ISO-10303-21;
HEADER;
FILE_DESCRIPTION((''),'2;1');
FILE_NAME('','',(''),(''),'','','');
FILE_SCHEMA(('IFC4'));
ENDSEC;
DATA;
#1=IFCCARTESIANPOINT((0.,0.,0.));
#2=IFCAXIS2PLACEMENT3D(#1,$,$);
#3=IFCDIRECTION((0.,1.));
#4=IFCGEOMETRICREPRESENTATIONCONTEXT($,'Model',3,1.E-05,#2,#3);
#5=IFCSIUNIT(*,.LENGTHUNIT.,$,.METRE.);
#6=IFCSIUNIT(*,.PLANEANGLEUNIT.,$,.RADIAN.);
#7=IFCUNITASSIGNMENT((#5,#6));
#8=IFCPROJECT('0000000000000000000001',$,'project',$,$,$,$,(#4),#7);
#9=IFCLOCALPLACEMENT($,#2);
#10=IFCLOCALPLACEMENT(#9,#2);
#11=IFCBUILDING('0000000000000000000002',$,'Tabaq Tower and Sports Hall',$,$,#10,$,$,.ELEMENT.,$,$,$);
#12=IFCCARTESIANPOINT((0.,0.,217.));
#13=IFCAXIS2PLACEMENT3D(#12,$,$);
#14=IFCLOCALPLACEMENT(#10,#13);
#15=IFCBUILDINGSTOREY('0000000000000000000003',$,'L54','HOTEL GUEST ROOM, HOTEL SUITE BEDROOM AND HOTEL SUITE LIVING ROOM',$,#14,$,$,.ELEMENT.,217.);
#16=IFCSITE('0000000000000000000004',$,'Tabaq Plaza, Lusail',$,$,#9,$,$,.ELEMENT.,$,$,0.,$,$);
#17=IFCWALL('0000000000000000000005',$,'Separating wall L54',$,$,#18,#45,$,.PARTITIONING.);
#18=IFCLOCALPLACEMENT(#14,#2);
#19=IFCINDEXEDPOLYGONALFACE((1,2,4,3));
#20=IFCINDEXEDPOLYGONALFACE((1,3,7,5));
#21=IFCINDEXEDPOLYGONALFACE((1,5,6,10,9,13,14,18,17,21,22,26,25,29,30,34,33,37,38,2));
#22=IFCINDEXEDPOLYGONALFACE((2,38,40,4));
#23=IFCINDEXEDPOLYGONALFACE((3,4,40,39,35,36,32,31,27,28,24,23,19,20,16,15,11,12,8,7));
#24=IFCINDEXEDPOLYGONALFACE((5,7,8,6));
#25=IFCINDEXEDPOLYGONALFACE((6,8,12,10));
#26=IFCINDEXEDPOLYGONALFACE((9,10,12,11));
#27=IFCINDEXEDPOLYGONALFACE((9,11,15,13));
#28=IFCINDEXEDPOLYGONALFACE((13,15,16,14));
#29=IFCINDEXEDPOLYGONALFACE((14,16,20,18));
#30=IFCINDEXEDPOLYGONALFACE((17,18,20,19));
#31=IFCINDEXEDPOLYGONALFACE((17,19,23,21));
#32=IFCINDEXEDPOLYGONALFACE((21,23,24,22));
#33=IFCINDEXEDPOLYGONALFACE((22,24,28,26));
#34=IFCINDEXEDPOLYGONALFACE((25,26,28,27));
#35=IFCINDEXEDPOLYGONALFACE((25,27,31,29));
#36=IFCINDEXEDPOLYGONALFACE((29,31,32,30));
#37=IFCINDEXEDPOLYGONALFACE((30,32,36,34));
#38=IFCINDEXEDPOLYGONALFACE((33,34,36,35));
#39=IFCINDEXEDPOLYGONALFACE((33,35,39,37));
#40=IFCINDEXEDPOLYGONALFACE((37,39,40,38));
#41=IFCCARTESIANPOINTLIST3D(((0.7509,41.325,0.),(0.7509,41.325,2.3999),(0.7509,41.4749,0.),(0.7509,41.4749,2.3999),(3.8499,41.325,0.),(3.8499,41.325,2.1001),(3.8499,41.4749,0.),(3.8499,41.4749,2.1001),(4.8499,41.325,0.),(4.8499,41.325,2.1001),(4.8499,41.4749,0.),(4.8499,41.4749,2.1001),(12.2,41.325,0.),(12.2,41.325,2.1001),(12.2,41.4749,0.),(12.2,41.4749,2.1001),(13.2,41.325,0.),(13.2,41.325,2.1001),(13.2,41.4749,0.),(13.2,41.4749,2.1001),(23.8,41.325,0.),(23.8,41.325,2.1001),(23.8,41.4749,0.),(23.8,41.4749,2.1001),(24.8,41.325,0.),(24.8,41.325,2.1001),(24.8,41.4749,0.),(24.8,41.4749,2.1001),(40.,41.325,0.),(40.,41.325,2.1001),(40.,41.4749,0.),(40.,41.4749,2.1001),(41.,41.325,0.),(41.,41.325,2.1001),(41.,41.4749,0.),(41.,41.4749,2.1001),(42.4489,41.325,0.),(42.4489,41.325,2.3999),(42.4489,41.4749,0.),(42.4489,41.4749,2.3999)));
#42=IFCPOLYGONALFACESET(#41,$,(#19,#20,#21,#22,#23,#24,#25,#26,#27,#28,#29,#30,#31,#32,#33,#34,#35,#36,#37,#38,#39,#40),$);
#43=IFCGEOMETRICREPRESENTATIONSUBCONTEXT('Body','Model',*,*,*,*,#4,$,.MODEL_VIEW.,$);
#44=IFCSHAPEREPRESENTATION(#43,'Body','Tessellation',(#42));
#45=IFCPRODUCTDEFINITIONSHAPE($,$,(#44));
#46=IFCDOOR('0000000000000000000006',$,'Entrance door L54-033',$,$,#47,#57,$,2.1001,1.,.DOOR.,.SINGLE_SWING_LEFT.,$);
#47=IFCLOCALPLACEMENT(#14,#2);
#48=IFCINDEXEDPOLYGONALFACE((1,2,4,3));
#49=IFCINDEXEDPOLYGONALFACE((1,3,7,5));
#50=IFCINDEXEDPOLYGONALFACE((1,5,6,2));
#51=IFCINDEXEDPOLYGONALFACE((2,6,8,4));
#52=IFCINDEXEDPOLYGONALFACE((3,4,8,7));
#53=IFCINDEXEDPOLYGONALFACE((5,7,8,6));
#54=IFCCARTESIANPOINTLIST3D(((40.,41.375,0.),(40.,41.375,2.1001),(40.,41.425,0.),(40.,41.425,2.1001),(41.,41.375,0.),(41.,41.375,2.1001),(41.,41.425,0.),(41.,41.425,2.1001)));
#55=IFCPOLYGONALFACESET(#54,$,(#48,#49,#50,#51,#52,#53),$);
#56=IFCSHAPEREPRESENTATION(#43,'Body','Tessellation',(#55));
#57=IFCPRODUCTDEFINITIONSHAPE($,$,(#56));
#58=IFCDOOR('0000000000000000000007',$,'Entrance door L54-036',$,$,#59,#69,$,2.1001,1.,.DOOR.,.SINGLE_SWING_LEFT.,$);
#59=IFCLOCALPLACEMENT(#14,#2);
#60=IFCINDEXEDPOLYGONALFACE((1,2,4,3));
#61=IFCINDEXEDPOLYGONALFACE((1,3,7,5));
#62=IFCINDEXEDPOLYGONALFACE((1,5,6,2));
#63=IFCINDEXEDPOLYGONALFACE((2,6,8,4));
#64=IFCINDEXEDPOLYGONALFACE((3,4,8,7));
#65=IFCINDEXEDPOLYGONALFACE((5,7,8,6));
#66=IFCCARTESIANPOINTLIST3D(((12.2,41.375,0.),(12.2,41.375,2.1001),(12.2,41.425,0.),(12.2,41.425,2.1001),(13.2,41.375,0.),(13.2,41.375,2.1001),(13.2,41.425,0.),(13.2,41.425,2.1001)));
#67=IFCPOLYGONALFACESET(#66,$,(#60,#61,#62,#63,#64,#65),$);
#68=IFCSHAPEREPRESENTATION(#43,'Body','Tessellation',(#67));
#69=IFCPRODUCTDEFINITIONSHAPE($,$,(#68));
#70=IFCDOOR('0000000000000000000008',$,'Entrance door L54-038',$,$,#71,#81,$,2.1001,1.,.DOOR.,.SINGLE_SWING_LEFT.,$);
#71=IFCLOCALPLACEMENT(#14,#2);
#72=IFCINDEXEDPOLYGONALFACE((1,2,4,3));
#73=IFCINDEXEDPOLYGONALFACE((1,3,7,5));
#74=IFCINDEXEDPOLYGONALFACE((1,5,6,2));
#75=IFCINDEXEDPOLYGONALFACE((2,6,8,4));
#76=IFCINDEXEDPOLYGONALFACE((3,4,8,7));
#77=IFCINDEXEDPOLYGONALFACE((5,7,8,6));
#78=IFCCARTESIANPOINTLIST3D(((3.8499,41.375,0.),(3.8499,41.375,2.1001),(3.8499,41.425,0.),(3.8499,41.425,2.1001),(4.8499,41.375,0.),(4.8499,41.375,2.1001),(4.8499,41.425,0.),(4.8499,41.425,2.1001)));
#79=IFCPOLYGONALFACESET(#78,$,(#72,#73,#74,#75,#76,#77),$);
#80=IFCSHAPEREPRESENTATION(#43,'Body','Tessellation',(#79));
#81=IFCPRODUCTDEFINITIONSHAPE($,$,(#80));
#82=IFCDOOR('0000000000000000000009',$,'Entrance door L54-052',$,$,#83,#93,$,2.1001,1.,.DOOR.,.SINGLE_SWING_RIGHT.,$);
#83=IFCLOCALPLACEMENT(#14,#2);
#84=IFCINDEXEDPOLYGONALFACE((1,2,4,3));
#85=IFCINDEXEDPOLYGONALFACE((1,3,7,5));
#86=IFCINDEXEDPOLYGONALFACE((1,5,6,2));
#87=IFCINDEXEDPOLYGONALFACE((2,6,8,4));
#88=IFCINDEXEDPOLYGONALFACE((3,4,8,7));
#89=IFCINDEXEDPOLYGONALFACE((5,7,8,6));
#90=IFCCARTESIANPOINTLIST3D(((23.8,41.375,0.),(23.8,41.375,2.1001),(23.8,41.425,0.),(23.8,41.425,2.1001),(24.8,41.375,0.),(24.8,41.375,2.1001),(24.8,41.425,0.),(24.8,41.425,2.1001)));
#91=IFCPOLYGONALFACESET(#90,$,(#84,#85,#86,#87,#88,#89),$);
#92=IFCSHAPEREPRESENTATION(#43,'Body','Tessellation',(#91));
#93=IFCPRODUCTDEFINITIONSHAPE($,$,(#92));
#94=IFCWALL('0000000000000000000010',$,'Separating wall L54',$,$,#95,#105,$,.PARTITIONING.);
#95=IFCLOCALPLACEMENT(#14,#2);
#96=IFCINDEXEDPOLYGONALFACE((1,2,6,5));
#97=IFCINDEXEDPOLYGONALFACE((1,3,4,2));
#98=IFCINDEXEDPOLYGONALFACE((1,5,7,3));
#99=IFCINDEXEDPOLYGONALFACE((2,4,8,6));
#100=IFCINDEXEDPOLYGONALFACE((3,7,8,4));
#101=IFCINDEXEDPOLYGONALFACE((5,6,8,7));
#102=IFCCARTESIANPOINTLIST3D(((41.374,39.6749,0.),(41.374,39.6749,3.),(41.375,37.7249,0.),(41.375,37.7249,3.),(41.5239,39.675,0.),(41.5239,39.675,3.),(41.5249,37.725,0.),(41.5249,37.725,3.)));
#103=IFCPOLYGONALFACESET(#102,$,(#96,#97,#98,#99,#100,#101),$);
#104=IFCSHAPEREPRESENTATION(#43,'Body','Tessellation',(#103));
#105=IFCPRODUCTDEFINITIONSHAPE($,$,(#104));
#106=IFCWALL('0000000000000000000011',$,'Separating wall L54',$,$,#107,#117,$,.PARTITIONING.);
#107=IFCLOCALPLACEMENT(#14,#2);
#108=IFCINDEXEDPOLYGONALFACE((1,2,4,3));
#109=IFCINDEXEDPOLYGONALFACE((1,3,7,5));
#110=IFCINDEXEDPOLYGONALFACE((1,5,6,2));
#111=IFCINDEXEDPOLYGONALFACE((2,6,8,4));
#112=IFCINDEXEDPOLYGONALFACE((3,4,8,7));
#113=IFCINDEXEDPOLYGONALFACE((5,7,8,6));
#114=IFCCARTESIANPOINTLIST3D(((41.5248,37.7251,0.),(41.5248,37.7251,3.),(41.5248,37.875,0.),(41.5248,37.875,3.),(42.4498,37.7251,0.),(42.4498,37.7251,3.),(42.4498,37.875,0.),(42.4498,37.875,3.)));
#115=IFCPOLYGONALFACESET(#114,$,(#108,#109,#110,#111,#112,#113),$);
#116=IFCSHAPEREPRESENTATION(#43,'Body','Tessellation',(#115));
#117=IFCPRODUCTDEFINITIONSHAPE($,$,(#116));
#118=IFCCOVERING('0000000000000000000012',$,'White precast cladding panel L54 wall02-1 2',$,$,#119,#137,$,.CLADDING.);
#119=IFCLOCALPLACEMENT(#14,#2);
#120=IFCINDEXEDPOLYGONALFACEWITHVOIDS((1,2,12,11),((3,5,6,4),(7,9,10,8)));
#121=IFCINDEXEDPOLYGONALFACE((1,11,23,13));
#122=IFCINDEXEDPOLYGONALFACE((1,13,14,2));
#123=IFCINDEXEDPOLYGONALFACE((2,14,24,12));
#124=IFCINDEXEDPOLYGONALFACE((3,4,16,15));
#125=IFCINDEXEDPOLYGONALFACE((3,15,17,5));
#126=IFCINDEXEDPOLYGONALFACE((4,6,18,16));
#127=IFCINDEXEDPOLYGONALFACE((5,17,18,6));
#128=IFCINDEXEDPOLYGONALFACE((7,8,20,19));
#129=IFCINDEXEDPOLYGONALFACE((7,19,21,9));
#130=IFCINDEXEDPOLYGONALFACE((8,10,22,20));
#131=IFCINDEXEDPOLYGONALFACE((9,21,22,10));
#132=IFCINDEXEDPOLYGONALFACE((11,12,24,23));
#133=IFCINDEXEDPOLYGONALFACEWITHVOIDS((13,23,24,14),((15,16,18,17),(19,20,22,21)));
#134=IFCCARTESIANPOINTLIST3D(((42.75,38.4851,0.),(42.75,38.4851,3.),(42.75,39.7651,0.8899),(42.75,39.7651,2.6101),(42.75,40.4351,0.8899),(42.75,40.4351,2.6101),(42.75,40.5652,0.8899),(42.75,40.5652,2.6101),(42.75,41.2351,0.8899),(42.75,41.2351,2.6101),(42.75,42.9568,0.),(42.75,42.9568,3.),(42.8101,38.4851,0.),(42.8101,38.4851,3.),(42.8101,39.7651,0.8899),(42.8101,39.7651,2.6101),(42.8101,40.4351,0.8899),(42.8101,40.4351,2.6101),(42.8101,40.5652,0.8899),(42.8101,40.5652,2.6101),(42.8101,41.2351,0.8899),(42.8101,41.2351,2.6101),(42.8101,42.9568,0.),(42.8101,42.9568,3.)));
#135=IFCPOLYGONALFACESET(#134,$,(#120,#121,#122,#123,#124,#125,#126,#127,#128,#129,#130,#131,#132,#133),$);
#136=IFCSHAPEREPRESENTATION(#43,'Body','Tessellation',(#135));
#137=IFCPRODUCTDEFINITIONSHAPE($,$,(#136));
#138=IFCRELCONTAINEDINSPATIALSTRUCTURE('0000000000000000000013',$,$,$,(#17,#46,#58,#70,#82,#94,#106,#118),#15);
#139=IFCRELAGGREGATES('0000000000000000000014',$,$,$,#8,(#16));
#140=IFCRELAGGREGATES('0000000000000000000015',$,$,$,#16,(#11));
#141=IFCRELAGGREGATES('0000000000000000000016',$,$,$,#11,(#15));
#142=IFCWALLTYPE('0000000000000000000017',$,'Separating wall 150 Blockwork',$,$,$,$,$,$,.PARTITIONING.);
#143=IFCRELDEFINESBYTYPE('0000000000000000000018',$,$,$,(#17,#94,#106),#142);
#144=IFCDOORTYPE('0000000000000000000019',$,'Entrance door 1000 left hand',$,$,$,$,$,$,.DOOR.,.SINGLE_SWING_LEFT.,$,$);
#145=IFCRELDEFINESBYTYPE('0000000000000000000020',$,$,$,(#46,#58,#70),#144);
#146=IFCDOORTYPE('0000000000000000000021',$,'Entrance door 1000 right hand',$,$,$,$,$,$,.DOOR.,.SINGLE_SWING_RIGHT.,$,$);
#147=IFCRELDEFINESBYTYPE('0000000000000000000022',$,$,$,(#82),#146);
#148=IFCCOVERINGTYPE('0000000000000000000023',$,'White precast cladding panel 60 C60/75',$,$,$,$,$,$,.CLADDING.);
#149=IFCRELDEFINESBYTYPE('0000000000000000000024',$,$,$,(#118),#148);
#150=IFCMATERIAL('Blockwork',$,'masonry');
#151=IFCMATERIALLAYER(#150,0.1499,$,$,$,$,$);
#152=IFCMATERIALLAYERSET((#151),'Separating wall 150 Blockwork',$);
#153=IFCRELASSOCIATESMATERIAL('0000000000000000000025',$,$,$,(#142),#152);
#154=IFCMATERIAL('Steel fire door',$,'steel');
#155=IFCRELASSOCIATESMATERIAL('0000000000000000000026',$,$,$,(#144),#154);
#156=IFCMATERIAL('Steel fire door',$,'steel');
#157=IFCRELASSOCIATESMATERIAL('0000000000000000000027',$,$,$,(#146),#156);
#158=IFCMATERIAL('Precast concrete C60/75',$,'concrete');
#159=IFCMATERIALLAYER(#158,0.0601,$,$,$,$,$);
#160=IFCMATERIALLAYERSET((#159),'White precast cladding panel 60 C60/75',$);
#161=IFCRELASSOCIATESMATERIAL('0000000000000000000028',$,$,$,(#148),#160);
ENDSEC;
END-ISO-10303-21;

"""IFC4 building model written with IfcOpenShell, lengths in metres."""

from ifc_helpers import new_model, si_unit, direction, frame, frame_2d, origin, place, context, subcontext, project, spatial, polyline, rectangle, outline, extrude, material, layer, layer_set, type_object, element, fill, save


model = new_model("IFC4")

# Units and contexts
model_context = context("Model", 3, precision=1e-05, world=origin(), true_north=direction((0.0, 1.0)))
body_context = subcontext(model_context, "Body", "Model", "MODEL_VIEW")
ifc_project = project(units=[si_unit("LENGTHUNIT", "METRE"), si_unit("PLANEANGLEUNIT", "RADIAN")], contexts=[model_context])

# Site, building, storey
site_placement = place(None, origin())
site = spatial("IfcSite", under=ifc_project, at=site_placement, Name="Tabaq Plaza, Lusail", CompositionType="ELEMENT", RefElevation=0.0)
building_placement = place(site_placement, origin())
building = spatial("IfcBuilding", under=site, at=building_placement, Name="Tabaq Tower and Sports Hall", CompositionType="ELEMENT")
storey_placement = place(building_placement, frame((0.0, 0.0, 217.0)))
storey = spatial("IfcBuildingStorey", under=building, at=storey_placement, Name="L54", Description="HOTEL GUEST ROOM, HOTEL SUITE BEDROOM AND HOTEL SUITE LIVING ROOM", CompositionType="ELEMENT", Elevation=217.0)

# Shared definitions
ifc_material_1 = material(Name="Blockwork", Category="masonry")
ifc_layer_1 = layer(ifc_material_1, 0.1499)
ifc_layer_set_1 = layer_set([ifc_layer_1], Name="Separating wall 150 Blockwork")
wall_type_1 = type_object("IfcWallType", Name="Separating wall 150 Blockwork", PredefinedType="PARTITIONING", material=ifc_layer_set_1)

# Wall, openings, doors
wall_1_placement = place(storey_placement, frame((42.449, 41.3999, 0.0), z_axis=(0.0, 0.0, 1.0), x_axis=(-1.0, 0.0, 0.0)))
wall_1 = element("IfcWall", 1, at=wall_1_placement, inside=storey, type_object=wall_type_1, Name="Separating wall L54", PredefinedType="PARTITIONING", context=body_context, shape_type="SweptSolid", body=[
    extrude(rectangle(XDim=41.698, YDim=0.1499, at=frame_2d((20.8491, 0.0))), origin(), (0.0, 0.0, 1.0), 2.3999),
])
opening_1_placement = place(wall_1_placement, frame((1.449, 0.0, 0.0)))
opening_1 = element("IfcOpeningElement", 2, at=opening_1_placement, cuts=wall_1, PredefinedType="OPENING", context=body_context, shape_type="SweptSolid", body=[
    extrude(rectangle(XDim=1.0, YDim=2.1001, at=frame_2d((0.5, 1.05))), frame((0.0, 0.075, 0.0), z_axis=(0.0, -1.0, 0.0), x_axis=(1.0, 0.0, 0.0)), (0.0, 0.0, 1.0), 0.1499),
])
opening_2_placement = place(wall_1_placement, frame((29.249, 0.0, 0.0)))
opening_2 = element("IfcOpeningElement", 3, at=opening_2_placement, cuts=wall_1, PredefinedType="OPENING", context=body_context, shape_type="SweptSolid", body=[
    extrude(rectangle(XDim=1.0, YDim=2.1001, at=frame_2d((0.5, 1.05))), frame((0.0, 0.075, 0.0), z_axis=(0.0, -1.0, 0.0), x_axis=(1.0, 0.0, 0.0)), (0.0, 0.0, 1.0), 0.1499),
])
opening_3_placement = place(wall_1_placement, frame((37.5991, 0.0, 0.0)))
opening_3 = element("IfcOpeningElement", 4, at=opening_3_placement, cuts=wall_1, PredefinedType="OPENING", context=body_context, shape_type="SweptSolid", body=[
    extrude(rectangle(XDim=1.0, YDim=2.1001, at=frame_2d((0.5, 1.05))), frame((0.0, 0.075, 0.0), z_axis=(0.0, -1.0, 0.0), x_axis=(1.0, 0.0, 0.0)), (0.0, 0.0, 1.0), 0.1499),
])
opening_4_placement = place(wall_1_placement, frame((17.6489, 0.0, 0.0)))
opening_4 = element("IfcOpeningElement", 5, at=opening_4_placement, cuts=wall_1, PredefinedType="OPENING", context=body_context, shape_type="SweptSolid", body=[
    extrude(rectangle(XDim=1.0, YDim=2.1001, at=frame_2d((0.5, 1.05))), frame((0.0, 0.075, 0.0), z_axis=(0.0, -1.0, 0.0), x_axis=(1.0, 0.0, 0.0)), (0.0, 0.0, 1.0), 0.1499),
])
ifc_material_2 = material(Name="Steel fire door", Category="steel")
door_type_1 = type_object("IfcDoorType", Name="Entrance door 1000 left hand", OperationType="SINGLE_SWING_LEFT", PredefinedType="DOOR", material=ifc_material_2)
door_1_placement = place(opening_1_placement, origin())
door_1 = element("IfcDoor", 6, at=door_1_placement, inside=storey, type_object=door_type_1, Name="Entrance door L54-033", OperationType="SINGLE_SWING_LEFT", OverallHeight=2.1001, OverallWidth=1.0, PredefinedType="DOOR", context=body_context, shape_type="SweptSolid", body=[
    extrude(rectangle(XDim=1.0, YDim=2.1001, at=frame_2d((0.5, 1.05))), frame((0.0, 0.0249, 0.0), z_axis=(0.0, -1.0, 0.0), x_axis=(1.0, 0.0, 0.0)), (0.0, 0.0, 1.0), 0.05),
])
fill(opening_1, door_1)
door_2_placement = place(opening_2_placement, origin())
door_2 = element("IfcDoor", 7, at=door_2_placement, inside=storey, type_object=door_type_1, Name="Entrance door L54-036", OperationType="SINGLE_SWING_LEFT", OverallHeight=2.1001, OverallWidth=1.0, PredefinedType="DOOR", context=body_context, shape_type="SweptSolid", body=[
    extrude(rectangle(XDim=1.0, YDim=2.1001, at=frame_2d((0.5, 1.05))), frame((0.0, 0.0249, 0.0), z_axis=(0.0, -1.0, 0.0), x_axis=(1.0, 0.0, 0.0)), (0.0, 0.0, 1.0), 0.05),
])
fill(opening_2, door_2)
door_3_placement = place(opening_3_placement, origin())
door_3 = element("IfcDoor", 8, at=door_3_placement, inside=storey, type_object=door_type_1, Name="Entrance door L54-038", OperationType="SINGLE_SWING_LEFT", OverallHeight=2.1001, OverallWidth=1.0, PredefinedType="DOOR", context=body_context, shape_type="SweptSolid", body=[
    extrude(rectangle(XDim=1.0, YDim=2.1001, at=frame_2d((0.5, 1.05))), frame((0.0, 0.0249, 0.0), z_axis=(0.0, -1.0, 0.0), x_axis=(1.0, 0.0, 0.0)), (0.0, 0.0, 1.0), 0.05),
])
fill(opening_3, door_3)
ifc_material_3 = material(Name="Steel fire door", Category="steel")
door_type_2 = type_object("IfcDoorType", Name="Entrance door 1000 right hand", OperationType="SINGLE_SWING_RIGHT", PredefinedType="DOOR", material=ifc_material_3)
door_4_placement = place(opening_4_placement, origin())
door_4 = element("IfcDoor", 9, at=door_4_placement, inside=storey, type_object=door_type_2, Name="Entrance door L54-052", OperationType="SINGLE_SWING_RIGHT", OverallHeight=2.1001, OverallWidth=1.0, PredefinedType="DOOR", context=body_context, shape_type="SweptSolid", body=[
    extrude(rectangle(XDim=1.0, YDim=2.1001, at=frame_2d((0.5, 1.05))), frame((0.0, 0.0249, 0.0), z_axis=(0.0, -1.0, 0.0), x_axis=(1.0, 0.0, 0.0)), (0.0, 0.0, 1.0), 0.05),
])
fill(opening_4, door_4)

# Walls
wall_2_placement = place(storey_placement, frame((41.449, 39.675, 0.0), z_axis=(0.0, 0.0, 1.0), x_axis=(0.000501, -1.0, 0.0)))
element("IfcWall", 10, at=wall_2_placement, inside=storey, type_object=wall_type_1, Name="Separating wall L54", PredefinedType="PARTITIONING", context=body_context, shape_type="SweptSolid", body=[
    extrude(rectangle(XDim=1.95, YDim=0.1499, at=frame_2d((0.9751, 0.0))), origin(), (0.0, 0.0, 1.0), 3.0),
])
wall_3_placement = place(storey_placement, frame((41.5249, 37.8, 0.0), z_axis=(0.0, 0.0, 1.0), x_axis=(1.0, 0.0, 0.0)))
element("IfcWall", 11, at=wall_3_placement, inside=storey, type_object=wall_type_1, Name="Separating wall L54", PredefinedType="PARTITIONING", context=body_context, shape_type="SweptSolid", body=[
    extrude(rectangle(XDim=0.925, YDim=0.1499, at=frame_2d((0.4624, 0.0))), origin(), (0.0, 0.0, 1.0), 3.0),
])

# Covering
ifc_material_4 = material(Name="Precast concrete C60/75", Category="concrete")
ifc_layer_2 = layer(ifc_material_4, 0.0601)
ifc_layer_set_2 = layer_set([ifc_layer_2], Name="White precast cladding panel 60 C60/75")
covering_type = type_object("IfcCoveringType", Name="White precast cladding panel 60 C60/75", PredefinedType="CLADDING", material=ifc_layer_set_2)
covering_placement = place(storey_placement, frame((42.78, 38.4851, 0.0), z_axis=(0.0, 0.0, 1.0), x_axis=(0.0, 1.0, 0.0)))
element("IfcCovering", 12, at=covering_placement, inside=storey, type_object=covering_type, Name="White precast cladding panel L54 wall02-1 2", PredefinedType="CLADDING", context=body_context, shape_type="SweptSolid", body=[
    extrude(outline(polyline([(0.0, 0.0), (4.4717, 0.0), (4.4717, 3.0), (0.0, 3.0), (0.0, 0.0)]), holes=[polyline([(1.28, 2.6101), (1.95, 2.6101), (1.95, 0.8899), (1.28, 0.8899), (1.28, 2.6101)]), polyline([(2.0801, 2.6101), (2.75, 2.6101), (2.75, 0.8899), (2.0801, 0.8899), (2.0801, 2.6101)])]), frame((0.0, 0.03, 0.0), z_axis=(0.0, -1.0, 0.0), x_axis=(1.0, 0.0, 0.0)), (0.0, 0.0, 1.0), 0.0601),
])

save(model, "model.ifc")
